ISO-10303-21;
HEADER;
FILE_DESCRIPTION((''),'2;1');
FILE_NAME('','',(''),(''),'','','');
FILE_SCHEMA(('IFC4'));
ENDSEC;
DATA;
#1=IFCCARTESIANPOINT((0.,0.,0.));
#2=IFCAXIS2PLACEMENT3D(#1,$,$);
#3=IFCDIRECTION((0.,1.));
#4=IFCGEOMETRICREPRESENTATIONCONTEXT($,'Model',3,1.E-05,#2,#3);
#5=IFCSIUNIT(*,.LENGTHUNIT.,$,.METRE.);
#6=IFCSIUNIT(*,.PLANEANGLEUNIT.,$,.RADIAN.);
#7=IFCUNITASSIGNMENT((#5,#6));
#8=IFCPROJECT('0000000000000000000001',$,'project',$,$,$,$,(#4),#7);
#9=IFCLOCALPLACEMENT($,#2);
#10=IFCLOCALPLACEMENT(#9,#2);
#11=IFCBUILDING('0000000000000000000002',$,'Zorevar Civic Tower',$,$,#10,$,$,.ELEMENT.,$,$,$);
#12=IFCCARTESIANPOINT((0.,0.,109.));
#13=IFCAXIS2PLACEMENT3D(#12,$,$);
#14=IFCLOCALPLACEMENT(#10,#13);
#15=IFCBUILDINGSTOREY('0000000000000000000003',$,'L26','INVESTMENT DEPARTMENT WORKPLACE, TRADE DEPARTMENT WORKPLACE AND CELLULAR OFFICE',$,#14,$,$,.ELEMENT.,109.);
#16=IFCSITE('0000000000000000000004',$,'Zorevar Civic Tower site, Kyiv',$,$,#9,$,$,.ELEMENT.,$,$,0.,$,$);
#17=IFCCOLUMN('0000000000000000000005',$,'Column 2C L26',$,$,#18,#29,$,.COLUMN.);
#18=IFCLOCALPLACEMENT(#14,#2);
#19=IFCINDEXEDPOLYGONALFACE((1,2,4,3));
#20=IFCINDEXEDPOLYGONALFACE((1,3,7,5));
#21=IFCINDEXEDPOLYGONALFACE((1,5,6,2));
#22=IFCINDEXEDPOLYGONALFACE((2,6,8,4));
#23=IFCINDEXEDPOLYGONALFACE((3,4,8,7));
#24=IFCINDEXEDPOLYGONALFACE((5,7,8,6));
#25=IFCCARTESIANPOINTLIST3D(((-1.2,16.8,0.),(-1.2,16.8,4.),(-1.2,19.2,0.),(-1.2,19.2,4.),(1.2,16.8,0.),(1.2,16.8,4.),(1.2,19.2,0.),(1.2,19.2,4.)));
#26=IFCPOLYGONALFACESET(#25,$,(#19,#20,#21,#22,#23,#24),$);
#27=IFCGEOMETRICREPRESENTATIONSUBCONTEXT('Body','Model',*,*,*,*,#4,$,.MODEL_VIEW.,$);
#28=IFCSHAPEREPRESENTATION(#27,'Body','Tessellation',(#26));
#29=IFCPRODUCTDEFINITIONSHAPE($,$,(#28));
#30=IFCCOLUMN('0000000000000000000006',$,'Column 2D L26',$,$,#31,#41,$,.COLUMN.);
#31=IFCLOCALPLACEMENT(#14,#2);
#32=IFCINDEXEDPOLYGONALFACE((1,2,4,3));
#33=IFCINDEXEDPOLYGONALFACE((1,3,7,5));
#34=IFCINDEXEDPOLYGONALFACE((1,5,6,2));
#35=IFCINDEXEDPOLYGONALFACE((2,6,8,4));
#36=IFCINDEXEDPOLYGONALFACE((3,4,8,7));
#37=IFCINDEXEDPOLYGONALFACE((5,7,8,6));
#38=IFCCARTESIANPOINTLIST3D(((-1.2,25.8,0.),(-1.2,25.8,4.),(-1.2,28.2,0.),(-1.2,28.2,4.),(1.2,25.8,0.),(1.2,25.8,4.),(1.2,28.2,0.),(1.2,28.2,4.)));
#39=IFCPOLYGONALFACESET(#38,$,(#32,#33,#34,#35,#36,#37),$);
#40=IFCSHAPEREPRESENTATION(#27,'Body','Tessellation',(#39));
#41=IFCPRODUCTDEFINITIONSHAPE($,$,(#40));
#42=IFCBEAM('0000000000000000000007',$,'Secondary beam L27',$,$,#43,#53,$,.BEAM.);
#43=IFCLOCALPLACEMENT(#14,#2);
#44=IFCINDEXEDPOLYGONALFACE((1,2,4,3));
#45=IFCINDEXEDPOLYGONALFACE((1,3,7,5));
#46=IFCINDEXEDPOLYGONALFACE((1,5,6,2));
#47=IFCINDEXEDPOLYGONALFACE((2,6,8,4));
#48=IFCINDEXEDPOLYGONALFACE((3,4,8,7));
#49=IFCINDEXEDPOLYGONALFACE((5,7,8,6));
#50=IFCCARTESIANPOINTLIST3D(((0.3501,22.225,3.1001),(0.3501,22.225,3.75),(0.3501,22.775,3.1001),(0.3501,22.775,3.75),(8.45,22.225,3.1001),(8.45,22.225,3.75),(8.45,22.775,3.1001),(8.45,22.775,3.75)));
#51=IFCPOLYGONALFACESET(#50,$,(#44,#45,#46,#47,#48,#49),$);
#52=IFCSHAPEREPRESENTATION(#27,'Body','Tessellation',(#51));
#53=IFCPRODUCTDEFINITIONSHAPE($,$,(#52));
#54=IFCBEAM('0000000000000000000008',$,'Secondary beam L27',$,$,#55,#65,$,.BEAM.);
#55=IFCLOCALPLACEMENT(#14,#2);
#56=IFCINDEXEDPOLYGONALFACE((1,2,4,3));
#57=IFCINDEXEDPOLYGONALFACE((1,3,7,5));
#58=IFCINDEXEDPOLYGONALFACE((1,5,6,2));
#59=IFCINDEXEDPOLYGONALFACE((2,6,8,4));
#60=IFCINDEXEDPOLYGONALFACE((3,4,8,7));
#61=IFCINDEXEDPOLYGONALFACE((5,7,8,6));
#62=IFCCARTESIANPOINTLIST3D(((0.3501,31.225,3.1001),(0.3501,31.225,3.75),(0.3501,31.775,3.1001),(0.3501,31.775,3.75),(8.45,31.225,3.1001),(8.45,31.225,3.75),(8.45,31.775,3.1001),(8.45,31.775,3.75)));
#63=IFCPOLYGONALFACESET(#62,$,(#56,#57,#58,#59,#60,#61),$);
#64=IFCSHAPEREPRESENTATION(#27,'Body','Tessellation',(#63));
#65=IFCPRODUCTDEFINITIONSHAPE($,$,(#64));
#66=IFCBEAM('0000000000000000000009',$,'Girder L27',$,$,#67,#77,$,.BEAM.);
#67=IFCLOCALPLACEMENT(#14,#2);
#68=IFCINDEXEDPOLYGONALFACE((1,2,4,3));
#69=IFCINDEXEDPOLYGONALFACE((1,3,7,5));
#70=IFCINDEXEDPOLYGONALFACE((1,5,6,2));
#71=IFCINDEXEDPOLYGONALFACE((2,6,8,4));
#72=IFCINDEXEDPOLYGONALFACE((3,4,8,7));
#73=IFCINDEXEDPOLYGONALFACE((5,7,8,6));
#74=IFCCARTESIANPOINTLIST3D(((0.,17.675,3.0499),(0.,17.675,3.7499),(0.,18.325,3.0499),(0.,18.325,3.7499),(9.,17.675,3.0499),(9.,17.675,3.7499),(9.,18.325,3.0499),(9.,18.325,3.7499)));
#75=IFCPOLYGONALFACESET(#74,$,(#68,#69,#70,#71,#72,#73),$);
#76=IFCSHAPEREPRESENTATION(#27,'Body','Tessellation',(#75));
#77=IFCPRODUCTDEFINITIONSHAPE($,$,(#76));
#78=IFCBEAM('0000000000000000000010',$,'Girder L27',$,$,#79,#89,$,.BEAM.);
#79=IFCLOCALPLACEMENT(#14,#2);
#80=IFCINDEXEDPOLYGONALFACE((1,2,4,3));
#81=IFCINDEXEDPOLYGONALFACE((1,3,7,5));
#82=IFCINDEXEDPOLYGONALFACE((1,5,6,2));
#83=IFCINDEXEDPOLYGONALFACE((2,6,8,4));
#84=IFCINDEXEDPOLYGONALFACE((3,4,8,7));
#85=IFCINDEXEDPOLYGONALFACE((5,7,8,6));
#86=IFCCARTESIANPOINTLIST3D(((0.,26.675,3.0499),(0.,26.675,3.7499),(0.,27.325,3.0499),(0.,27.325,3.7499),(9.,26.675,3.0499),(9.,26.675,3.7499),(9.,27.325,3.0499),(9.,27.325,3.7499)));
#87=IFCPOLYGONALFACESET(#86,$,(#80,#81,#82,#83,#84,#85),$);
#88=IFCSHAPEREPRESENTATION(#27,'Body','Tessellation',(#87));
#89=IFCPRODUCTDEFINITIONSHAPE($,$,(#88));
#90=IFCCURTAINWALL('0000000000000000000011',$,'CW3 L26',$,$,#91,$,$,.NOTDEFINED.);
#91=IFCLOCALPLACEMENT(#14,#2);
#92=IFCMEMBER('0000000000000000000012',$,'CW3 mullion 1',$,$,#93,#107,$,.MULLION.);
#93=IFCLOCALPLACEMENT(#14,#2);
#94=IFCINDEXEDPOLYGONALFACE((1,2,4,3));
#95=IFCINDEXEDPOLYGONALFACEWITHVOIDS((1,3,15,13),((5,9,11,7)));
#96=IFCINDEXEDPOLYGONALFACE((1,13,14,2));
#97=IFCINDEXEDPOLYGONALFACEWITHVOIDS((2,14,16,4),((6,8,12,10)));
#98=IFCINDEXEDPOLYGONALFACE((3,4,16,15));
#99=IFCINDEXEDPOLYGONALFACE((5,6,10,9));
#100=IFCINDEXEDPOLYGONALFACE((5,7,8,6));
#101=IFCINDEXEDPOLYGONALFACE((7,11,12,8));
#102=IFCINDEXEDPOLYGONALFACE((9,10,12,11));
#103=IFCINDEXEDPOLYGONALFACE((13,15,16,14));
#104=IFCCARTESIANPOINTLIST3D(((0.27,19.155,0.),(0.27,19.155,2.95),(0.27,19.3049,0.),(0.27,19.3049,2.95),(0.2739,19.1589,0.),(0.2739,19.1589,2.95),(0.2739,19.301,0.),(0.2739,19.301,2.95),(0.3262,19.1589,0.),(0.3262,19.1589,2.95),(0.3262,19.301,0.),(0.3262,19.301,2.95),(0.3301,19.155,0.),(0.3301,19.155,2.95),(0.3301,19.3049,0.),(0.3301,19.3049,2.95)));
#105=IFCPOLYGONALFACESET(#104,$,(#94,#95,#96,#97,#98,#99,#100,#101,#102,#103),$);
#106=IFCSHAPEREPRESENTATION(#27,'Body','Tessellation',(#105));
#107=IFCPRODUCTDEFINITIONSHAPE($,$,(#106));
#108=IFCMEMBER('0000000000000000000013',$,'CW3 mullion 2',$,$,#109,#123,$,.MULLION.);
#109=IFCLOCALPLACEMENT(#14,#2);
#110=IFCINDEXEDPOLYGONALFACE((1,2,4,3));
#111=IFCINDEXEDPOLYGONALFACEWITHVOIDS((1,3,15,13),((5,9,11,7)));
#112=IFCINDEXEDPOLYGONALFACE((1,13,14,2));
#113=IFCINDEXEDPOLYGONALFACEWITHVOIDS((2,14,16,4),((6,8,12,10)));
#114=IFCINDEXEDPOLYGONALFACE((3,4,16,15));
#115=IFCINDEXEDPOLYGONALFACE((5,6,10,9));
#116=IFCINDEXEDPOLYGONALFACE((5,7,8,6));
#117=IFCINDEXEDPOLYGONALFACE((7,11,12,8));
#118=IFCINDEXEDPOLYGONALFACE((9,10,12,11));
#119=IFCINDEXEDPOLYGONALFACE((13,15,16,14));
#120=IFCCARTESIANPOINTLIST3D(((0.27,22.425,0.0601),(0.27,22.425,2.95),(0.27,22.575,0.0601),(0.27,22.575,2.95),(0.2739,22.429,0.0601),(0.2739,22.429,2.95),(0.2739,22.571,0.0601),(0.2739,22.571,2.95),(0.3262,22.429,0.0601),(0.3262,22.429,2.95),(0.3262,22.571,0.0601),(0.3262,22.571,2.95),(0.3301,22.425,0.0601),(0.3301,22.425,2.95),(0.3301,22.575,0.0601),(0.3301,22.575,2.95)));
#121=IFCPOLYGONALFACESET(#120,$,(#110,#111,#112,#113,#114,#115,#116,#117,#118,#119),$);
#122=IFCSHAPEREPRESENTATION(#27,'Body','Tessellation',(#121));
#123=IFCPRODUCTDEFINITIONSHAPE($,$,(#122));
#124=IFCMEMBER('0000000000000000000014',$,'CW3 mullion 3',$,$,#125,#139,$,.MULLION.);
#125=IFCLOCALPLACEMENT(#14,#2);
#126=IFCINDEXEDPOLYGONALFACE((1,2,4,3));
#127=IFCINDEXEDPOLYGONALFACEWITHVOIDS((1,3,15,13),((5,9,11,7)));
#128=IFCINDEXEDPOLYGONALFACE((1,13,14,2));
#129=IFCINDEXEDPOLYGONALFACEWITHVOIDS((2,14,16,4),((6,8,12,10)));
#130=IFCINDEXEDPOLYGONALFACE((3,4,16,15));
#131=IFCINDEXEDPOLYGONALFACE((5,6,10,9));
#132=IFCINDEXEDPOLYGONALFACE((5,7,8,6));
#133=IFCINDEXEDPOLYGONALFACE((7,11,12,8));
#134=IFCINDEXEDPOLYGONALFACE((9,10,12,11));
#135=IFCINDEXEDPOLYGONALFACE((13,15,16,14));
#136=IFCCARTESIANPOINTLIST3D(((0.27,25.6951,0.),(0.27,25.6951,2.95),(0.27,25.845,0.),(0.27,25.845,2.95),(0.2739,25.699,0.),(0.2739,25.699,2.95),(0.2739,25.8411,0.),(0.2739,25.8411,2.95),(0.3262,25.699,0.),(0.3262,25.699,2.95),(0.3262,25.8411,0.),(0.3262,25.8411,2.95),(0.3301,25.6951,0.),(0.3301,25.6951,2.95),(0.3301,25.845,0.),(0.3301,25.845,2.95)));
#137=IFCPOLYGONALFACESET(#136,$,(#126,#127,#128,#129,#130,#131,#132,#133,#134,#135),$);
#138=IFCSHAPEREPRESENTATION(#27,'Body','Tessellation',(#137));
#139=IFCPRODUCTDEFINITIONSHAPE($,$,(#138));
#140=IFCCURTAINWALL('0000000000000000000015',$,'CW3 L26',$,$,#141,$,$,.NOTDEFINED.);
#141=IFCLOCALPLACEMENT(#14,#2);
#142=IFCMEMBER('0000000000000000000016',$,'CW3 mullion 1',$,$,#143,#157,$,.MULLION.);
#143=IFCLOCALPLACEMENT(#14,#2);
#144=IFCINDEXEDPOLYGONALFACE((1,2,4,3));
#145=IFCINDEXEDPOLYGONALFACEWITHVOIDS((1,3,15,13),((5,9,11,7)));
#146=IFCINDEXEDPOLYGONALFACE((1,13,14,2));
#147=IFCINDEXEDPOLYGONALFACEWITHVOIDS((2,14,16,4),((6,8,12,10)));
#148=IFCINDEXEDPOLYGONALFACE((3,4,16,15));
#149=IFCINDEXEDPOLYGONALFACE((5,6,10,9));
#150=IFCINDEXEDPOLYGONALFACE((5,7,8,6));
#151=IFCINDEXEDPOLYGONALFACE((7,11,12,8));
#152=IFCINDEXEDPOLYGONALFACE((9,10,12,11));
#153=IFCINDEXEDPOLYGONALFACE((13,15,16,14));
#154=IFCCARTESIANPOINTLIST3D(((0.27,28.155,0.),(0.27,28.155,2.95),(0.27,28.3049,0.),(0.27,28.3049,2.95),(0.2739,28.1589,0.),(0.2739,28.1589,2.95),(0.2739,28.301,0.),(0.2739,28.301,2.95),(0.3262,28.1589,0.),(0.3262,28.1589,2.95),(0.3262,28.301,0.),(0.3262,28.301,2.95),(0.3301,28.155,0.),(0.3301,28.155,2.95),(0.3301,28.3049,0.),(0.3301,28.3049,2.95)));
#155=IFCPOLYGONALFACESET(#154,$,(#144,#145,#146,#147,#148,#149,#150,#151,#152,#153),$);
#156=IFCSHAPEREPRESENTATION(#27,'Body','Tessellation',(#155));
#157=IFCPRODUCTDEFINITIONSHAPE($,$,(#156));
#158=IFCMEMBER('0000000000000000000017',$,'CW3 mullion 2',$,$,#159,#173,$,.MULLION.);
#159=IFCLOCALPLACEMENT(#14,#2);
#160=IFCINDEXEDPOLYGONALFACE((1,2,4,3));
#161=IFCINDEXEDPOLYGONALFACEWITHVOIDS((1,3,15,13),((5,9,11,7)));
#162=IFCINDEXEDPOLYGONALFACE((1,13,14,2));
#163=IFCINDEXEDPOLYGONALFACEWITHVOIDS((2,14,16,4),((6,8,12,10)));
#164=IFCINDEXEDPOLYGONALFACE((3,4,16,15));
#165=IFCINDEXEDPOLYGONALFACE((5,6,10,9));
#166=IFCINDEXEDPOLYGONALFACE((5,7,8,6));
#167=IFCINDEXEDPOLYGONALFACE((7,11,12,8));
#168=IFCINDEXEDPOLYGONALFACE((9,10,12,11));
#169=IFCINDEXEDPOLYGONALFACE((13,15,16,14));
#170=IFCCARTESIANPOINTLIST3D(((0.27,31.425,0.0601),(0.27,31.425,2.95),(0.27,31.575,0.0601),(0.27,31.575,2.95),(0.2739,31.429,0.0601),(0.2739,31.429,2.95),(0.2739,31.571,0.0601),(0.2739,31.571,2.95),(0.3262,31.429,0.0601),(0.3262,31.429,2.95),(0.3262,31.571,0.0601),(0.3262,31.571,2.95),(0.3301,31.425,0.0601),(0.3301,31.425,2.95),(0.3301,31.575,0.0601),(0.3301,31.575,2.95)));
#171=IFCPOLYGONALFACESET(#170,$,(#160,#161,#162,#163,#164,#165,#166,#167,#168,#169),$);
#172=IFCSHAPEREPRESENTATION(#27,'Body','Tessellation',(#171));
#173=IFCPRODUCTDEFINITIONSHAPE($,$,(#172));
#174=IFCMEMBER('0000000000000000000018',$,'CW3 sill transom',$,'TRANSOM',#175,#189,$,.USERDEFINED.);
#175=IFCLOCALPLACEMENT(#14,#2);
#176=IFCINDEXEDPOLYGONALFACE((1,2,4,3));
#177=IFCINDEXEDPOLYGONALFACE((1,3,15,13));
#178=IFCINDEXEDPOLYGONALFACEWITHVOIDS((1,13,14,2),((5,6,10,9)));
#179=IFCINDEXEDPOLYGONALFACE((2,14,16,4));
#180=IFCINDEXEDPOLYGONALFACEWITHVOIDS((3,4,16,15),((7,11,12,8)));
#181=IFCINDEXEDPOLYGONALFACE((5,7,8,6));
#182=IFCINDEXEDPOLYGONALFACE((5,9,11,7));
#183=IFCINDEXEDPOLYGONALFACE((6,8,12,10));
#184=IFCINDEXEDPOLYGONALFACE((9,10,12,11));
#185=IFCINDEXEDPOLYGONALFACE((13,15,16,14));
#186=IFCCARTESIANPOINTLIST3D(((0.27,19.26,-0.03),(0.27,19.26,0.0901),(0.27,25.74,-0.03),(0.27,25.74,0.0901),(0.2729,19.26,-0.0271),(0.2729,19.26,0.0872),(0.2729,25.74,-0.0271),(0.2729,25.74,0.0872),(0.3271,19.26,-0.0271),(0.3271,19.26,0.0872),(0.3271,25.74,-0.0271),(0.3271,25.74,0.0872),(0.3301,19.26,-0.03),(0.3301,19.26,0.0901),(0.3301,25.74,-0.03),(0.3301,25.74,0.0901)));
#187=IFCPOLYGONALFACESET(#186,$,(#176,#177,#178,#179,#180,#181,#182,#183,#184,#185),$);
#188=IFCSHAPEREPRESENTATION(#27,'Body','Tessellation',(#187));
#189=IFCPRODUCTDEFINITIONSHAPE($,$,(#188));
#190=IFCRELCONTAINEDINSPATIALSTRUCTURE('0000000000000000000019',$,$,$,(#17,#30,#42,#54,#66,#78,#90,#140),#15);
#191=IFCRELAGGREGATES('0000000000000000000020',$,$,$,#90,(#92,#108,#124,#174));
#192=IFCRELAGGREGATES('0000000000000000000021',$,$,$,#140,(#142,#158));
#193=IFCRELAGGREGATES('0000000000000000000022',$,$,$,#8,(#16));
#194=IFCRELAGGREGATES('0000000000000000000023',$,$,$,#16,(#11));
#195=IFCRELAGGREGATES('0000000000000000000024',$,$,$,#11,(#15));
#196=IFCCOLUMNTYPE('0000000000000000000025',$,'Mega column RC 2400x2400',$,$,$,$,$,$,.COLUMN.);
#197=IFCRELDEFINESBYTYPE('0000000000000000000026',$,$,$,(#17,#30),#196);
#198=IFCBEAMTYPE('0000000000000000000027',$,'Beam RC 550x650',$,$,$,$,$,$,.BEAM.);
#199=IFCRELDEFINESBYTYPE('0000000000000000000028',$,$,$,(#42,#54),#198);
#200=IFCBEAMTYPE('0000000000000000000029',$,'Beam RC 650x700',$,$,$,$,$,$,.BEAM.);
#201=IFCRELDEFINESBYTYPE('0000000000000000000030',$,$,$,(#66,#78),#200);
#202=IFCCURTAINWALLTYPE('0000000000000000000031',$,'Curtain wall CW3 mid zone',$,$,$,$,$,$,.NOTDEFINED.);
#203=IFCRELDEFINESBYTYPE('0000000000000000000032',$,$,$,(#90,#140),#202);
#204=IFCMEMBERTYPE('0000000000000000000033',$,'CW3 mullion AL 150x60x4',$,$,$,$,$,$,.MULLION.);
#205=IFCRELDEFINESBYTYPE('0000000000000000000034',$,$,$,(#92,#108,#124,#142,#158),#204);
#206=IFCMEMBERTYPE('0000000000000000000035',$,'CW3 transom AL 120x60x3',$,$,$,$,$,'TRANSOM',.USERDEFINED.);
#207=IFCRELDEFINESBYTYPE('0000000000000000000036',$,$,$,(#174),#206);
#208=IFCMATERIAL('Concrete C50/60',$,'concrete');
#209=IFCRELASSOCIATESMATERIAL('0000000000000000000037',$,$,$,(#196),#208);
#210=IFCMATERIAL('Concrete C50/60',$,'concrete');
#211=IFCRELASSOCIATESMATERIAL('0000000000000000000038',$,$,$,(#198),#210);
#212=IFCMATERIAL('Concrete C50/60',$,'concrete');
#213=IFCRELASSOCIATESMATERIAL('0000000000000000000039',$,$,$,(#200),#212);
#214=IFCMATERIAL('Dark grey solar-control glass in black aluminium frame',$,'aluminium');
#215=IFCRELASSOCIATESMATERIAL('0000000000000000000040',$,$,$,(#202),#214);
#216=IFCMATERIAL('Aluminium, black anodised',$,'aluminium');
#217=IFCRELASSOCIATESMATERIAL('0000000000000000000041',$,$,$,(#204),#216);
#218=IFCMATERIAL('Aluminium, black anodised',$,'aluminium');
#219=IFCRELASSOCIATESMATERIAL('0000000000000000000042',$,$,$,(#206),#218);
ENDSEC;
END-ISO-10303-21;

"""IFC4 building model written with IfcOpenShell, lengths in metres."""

from ifc_helpers import new_model, si_unit, direction, frame, origin, origin_2d, place, context, subcontext, project, spatial, rectangle, hollow_rectangle, extrude, material, material_profile, profile_set, type_object, element, aggregate, save


model = new_model("IFC4")

# Units and contexts
model_context = context("Model", 3, precision=1e-05, world=origin(), true_north=direction((0.0, 1.0)))
body_context = subcontext(model_context, "Body", "Model", "MODEL_VIEW")
ifc_project = project(units=[si_unit("LENGTHUNIT", "METRE"), si_unit("PLANEANGLEUNIT", "RADIAN")], contexts=[model_context])

# Site, building, storey
site_placement = place(None, origin())
site = spatial("IfcSite", under=ifc_project, at=site_placement, Name="Zorevar Civic Tower site, Kyiv", CompositionType="ELEMENT", RefElevation=0.0)
building_placement = place(site_placement, origin())
building = spatial("IfcBuilding", under=site, at=building_placement, Name="Zorevar Civic Tower", CompositionType="ELEMENT")
storey_placement = place(building_placement, frame((0.0, 0.0, 109.0)))
storey = spatial("IfcBuildingStorey", under=building, at=storey_placement, Name="L26", Description="INVESTMENT DEPARTMENT WORKPLACE, TRADE DEPARTMENT WORKPLACE AND CELLULAR OFFICE", CompositionType="ELEMENT", Elevation=109.0)

# Columns
ifc_material_1 = material(Name="Concrete C50/60", Category="concrete")
ifc_material_profile_1 = material_profile(ifc_material_1, rectangle(XDim=2.3999, YDim=2.3999, at=origin_2d()), Name="RC 2400x2400")
ifc_profile_set_1 = profile_set([ifc_material_profile_1], Name="Concrete C50/60")
column_type = type_object("IfcColumnType", Name="Mega column RC 2400x2400", PredefinedType="COLUMN", material=ifc_profile_set_1)
for number, where, z_axis, x_axis, name in (
    (1, (0.0, 18.0, 0.0), (0.0, 0.0, 1.0), (1.0, 0.0, 0.0), "Column 2C L26"),
    (2, (0.0, 27.0, 0.0), (0.0, 0.0, 1.0), (1.0, 0.0, 0.0), "Column 2D L26"),
):
    element("IfcColumn", number, at=place(storey_placement, frame(where, z_axis=z_axis, x_axis=x_axis)), inside=storey, type_object=column_type, Name=name, PredefinedType="COLUMN", context=body_context, shape_type="SweptSolid", body=[
        extrude(rectangle(XDim=2.3999, YDim=2.3999, at=origin_2d()), origin(), (0.0, 0.0, 1.0), 4.0),
    ])

# Beams
ifc_material_2 = material(Name="Concrete C50/60", Category="concrete")
ifc_material_profile_2 = material_profile(ifc_material_2, rectangle(XDim=0.55, YDim=0.6499, at=origin_2d()), Name="RC 550x650")
ifc_profile_set_2 = profile_set([ifc_material_profile_2], Name="Concrete C50/60")
beam_type_1 = type_object("IfcBeamType", Name="Beam RC 550x650", PredefinedType="BEAM", material=ifc_profile_set_2)
for number, where, z_axis, x_axis, name in (
    (3, (0.3501, 22.5, 3.425), (1.0, 0.0, 0.0), (0.0, 1.0, 0.0), "Secondary beam L27"),
    (4, (0.3501, 31.5, 3.425), (1.0, 0.0, 0.0), (0.0, 1.0, 0.0), "Secondary beam L27"),
):
    element("IfcBeam", number, at=place(storey_placement, frame(where, z_axis=z_axis, x_axis=x_axis)), inside=storey, type_object=beam_type_1, Name=name, PredefinedType="BEAM", context=body_context, shape_type="SweptSolid", body=[
        extrude(rectangle(XDim=0.55, YDim=0.6499, at=origin_2d()), origin(), (0.0, 0.0, 1.0), 8.0999),
    ])
ifc_material_3 = material(Name="Concrete C50/60", Category="concrete")
ifc_material_profile_3 = material_profile(ifc_material_3, rectangle(XDim=0.6499, YDim=0.7, at=origin_2d()), Name="RC 650x700")
ifc_profile_set_3 = profile_set([ifc_material_profile_3], Name="Concrete C50/60")
beam_type_2 = type_object("IfcBeamType", Name="Beam RC 650x700", PredefinedType="BEAM", material=ifc_profile_set_3)
for number, where, z_axis, x_axis, name in (
    (5, (0.0, 18.0, 3.3999), (1.0, 0.0, 0.0), (0.0, 1.0, 0.0), "Girder L27"),
    (6, (0.0, 27.0, 3.3999), (1.0, 0.0, 0.0), (0.0, 1.0, 0.0), "Girder L27"),
):
    element("IfcBeam", number, at=place(storey_placement, frame(where, z_axis=z_axis, x_axis=x_axis)), inside=storey, type_object=beam_type_2, Name=name, PredefinedType="BEAM", context=body_context, shape_type="SweptSolid", body=[
        extrude(rectangle(XDim=0.6499, YDim=0.7, at=origin_2d()), origin(), (0.0, 0.0, 1.0), 9.0),
    ])

# Curtain walls, members
ifc_material_4 = material(Name="Dark grey solar-control glass in black aluminium frame", Category="aluminium")
curtain_wall_type = type_object("IfcCurtainWallType", Name="Curtain wall CW3 mid zone", PredefinedType="NOTDEFINED", material=ifc_material_4)
curtain_wall_1_placement = place(storey_placement, origin())
curtain_wall_1 = element("IfcCurtainWall", 7, at=curtain_wall_1_placement, inside=storey, type_object=curtain_wall_type, Name="CW3 L26", PredefinedType="NOTDEFINED")
ifc_material_5 = material(Name="Aluminium, black anodised", Category="aluminium")
ifc_material_profile_4 = material_profile(ifc_material_5, hollow_rectangle(XDim=0.0601, YDim=0.1499, WallThickness=0.0039, at=origin_2d()), Name="AL 150x60x4")
ifc_profile_set_4 = profile_set([ifc_material_profile_4], Name="Aluminium, black anodised")
member_type_1 = type_object("IfcMemberType", Name="CW3 mullion AL 150x60x4", PredefinedType="MULLION", material=ifc_profile_set_4)
member_1_placement = place(storey_placement, frame((0.3, 19.23, 0.0), z_axis=(0.0, 0.0, 1.0), x_axis=(-1.0, 0.0, 0.0)))
member_1 = element("IfcMember", 8, at=member_1_placement, type_object=member_type_1, Name="CW3 mullion 1", PredefinedType="MULLION", context=body_context, shape_type="SweptSolid", body=[
    extrude(hollow_rectangle(XDim=0.0601, YDim=0.1499, WallThickness=0.0039, at=origin_2d()), origin(), (0.0, 0.0, 1.0), 2.95),
])
member_2_placement = place(storey_placement, frame((0.3, 22.5, 0.0601), z_axis=(0.0, 0.0, 1.0), x_axis=(-1.0, 0.0, 0.0)))
member_2 = element("IfcMember", 9, at=member_2_placement, type_object=member_type_1, Name="CW3 mullion 2", PredefinedType="MULLION", context=body_context, shape_type="SweptSolid", body=[
    extrude(hollow_rectangle(XDim=0.0601, YDim=0.1499, WallThickness=0.0039, at=origin_2d()), origin(), (0.0, 0.0, 1.0), 2.8899),
])
member_3_placement = place(storey_placement, frame((0.3, 25.77, 0.0), z_axis=(0.0, 0.0, 1.0), x_axis=(-1.0, 0.0, 0.0)))
member_3 = element("IfcMember", 10, at=member_3_placement, type_object=member_type_1, Name="CW3 mullion 3", PredefinedType="MULLION", context=body_context, shape_type="SweptSolid", body=[
    extrude(hollow_rectangle(XDim=0.0601, YDim=0.1499, WallThickness=0.0039, at=origin_2d()), origin(), (0.0, 0.0, 1.0), 2.95),
])
curtain_wall_2_placement = place(storey_placement, origin())
curtain_wall_2 = element("IfcCurtainWall", 11, at=curtain_wall_2_placement, inside=storey, type_object=curtain_wall_type, Name="CW3 L26", PredefinedType="NOTDEFINED")
member_4_placement = place(storey_placement, frame((0.3, 28.23, 0.0), z_axis=(0.0, 0.0, 1.0), x_axis=(-1.0, 0.0, 0.0)))
member_4 = element("IfcMember", 12, at=member_4_placement, type_object=member_type_1, Name="CW3 mullion 1", PredefinedType="MULLION", context=body_context, shape_type="SweptSolid", body=[
    extrude(hollow_rectangle(XDim=0.0601, YDim=0.1499, WallThickness=0.0039, at=origin_2d()), origin(), (0.0, 0.0, 1.0), 2.95),
])
member_5_placement = place(storey_placement, frame((0.3, 31.5, 0.0601), z_axis=(0.0, 0.0, 1.0), x_axis=(-1.0, 0.0, 0.0)))
member_5 = element("IfcMember", 13, at=member_5_placement, type_object=member_type_1, Name="CW3 mullion 2", PredefinedType="MULLION", context=body_context, shape_type="SweptSolid", body=[
    extrude(hollow_rectangle(XDim=0.0601, YDim=0.1499, WallThickness=0.0039, at=origin_2d()), origin(), (0.0, 0.0, 1.0), 2.8899),
])

# Member
ifc_material_6 = material(Name="Aluminium, black anodised", Category="aluminium")
ifc_material_profile_5 = material_profile(ifc_material_6, hollow_rectangle(XDim=0.0601, YDim=0.1201, WallThickness=0.0029, at=origin_2d()), Name="AL 120x60x3")
ifc_profile_set_5 = profile_set([ifc_material_profile_5], Name="Aluminium, black anodised")
member_type_2 = type_object("IfcMemberType", Name="CW3 transom AL 120x60x3", ElementType="TRANSOM", PredefinedType="USERDEFINED", material=ifc_profile_set_5)
member_6_placement = place(storey_placement, frame((0.3, 19.26, 0.03), z_axis=(0.0, 1.0, 0.0), x_axis=(-1.0, 0.0, 0.0)))
member_6 = element("IfcMember", 14, at=member_6_placement, type_object=member_type_2, Name="CW3 sill transom", ObjectType="TRANSOM", PredefinedType="USERDEFINED", context=body_context, shape_type="SweptSolid", body=[
    extrude(hollow_rectangle(XDim=0.0601, YDim=0.1201, WallThickness=0.0029, at=origin_2d()), origin(), (0.0, 0.0, 1.0), 6.48),
])

aggregate(curtain_wall_1, [member_1, member_2, member_3, member_6])
aggregate(curtain_wall_2, [member_4, member_5])

save(model, "model.ifc")
